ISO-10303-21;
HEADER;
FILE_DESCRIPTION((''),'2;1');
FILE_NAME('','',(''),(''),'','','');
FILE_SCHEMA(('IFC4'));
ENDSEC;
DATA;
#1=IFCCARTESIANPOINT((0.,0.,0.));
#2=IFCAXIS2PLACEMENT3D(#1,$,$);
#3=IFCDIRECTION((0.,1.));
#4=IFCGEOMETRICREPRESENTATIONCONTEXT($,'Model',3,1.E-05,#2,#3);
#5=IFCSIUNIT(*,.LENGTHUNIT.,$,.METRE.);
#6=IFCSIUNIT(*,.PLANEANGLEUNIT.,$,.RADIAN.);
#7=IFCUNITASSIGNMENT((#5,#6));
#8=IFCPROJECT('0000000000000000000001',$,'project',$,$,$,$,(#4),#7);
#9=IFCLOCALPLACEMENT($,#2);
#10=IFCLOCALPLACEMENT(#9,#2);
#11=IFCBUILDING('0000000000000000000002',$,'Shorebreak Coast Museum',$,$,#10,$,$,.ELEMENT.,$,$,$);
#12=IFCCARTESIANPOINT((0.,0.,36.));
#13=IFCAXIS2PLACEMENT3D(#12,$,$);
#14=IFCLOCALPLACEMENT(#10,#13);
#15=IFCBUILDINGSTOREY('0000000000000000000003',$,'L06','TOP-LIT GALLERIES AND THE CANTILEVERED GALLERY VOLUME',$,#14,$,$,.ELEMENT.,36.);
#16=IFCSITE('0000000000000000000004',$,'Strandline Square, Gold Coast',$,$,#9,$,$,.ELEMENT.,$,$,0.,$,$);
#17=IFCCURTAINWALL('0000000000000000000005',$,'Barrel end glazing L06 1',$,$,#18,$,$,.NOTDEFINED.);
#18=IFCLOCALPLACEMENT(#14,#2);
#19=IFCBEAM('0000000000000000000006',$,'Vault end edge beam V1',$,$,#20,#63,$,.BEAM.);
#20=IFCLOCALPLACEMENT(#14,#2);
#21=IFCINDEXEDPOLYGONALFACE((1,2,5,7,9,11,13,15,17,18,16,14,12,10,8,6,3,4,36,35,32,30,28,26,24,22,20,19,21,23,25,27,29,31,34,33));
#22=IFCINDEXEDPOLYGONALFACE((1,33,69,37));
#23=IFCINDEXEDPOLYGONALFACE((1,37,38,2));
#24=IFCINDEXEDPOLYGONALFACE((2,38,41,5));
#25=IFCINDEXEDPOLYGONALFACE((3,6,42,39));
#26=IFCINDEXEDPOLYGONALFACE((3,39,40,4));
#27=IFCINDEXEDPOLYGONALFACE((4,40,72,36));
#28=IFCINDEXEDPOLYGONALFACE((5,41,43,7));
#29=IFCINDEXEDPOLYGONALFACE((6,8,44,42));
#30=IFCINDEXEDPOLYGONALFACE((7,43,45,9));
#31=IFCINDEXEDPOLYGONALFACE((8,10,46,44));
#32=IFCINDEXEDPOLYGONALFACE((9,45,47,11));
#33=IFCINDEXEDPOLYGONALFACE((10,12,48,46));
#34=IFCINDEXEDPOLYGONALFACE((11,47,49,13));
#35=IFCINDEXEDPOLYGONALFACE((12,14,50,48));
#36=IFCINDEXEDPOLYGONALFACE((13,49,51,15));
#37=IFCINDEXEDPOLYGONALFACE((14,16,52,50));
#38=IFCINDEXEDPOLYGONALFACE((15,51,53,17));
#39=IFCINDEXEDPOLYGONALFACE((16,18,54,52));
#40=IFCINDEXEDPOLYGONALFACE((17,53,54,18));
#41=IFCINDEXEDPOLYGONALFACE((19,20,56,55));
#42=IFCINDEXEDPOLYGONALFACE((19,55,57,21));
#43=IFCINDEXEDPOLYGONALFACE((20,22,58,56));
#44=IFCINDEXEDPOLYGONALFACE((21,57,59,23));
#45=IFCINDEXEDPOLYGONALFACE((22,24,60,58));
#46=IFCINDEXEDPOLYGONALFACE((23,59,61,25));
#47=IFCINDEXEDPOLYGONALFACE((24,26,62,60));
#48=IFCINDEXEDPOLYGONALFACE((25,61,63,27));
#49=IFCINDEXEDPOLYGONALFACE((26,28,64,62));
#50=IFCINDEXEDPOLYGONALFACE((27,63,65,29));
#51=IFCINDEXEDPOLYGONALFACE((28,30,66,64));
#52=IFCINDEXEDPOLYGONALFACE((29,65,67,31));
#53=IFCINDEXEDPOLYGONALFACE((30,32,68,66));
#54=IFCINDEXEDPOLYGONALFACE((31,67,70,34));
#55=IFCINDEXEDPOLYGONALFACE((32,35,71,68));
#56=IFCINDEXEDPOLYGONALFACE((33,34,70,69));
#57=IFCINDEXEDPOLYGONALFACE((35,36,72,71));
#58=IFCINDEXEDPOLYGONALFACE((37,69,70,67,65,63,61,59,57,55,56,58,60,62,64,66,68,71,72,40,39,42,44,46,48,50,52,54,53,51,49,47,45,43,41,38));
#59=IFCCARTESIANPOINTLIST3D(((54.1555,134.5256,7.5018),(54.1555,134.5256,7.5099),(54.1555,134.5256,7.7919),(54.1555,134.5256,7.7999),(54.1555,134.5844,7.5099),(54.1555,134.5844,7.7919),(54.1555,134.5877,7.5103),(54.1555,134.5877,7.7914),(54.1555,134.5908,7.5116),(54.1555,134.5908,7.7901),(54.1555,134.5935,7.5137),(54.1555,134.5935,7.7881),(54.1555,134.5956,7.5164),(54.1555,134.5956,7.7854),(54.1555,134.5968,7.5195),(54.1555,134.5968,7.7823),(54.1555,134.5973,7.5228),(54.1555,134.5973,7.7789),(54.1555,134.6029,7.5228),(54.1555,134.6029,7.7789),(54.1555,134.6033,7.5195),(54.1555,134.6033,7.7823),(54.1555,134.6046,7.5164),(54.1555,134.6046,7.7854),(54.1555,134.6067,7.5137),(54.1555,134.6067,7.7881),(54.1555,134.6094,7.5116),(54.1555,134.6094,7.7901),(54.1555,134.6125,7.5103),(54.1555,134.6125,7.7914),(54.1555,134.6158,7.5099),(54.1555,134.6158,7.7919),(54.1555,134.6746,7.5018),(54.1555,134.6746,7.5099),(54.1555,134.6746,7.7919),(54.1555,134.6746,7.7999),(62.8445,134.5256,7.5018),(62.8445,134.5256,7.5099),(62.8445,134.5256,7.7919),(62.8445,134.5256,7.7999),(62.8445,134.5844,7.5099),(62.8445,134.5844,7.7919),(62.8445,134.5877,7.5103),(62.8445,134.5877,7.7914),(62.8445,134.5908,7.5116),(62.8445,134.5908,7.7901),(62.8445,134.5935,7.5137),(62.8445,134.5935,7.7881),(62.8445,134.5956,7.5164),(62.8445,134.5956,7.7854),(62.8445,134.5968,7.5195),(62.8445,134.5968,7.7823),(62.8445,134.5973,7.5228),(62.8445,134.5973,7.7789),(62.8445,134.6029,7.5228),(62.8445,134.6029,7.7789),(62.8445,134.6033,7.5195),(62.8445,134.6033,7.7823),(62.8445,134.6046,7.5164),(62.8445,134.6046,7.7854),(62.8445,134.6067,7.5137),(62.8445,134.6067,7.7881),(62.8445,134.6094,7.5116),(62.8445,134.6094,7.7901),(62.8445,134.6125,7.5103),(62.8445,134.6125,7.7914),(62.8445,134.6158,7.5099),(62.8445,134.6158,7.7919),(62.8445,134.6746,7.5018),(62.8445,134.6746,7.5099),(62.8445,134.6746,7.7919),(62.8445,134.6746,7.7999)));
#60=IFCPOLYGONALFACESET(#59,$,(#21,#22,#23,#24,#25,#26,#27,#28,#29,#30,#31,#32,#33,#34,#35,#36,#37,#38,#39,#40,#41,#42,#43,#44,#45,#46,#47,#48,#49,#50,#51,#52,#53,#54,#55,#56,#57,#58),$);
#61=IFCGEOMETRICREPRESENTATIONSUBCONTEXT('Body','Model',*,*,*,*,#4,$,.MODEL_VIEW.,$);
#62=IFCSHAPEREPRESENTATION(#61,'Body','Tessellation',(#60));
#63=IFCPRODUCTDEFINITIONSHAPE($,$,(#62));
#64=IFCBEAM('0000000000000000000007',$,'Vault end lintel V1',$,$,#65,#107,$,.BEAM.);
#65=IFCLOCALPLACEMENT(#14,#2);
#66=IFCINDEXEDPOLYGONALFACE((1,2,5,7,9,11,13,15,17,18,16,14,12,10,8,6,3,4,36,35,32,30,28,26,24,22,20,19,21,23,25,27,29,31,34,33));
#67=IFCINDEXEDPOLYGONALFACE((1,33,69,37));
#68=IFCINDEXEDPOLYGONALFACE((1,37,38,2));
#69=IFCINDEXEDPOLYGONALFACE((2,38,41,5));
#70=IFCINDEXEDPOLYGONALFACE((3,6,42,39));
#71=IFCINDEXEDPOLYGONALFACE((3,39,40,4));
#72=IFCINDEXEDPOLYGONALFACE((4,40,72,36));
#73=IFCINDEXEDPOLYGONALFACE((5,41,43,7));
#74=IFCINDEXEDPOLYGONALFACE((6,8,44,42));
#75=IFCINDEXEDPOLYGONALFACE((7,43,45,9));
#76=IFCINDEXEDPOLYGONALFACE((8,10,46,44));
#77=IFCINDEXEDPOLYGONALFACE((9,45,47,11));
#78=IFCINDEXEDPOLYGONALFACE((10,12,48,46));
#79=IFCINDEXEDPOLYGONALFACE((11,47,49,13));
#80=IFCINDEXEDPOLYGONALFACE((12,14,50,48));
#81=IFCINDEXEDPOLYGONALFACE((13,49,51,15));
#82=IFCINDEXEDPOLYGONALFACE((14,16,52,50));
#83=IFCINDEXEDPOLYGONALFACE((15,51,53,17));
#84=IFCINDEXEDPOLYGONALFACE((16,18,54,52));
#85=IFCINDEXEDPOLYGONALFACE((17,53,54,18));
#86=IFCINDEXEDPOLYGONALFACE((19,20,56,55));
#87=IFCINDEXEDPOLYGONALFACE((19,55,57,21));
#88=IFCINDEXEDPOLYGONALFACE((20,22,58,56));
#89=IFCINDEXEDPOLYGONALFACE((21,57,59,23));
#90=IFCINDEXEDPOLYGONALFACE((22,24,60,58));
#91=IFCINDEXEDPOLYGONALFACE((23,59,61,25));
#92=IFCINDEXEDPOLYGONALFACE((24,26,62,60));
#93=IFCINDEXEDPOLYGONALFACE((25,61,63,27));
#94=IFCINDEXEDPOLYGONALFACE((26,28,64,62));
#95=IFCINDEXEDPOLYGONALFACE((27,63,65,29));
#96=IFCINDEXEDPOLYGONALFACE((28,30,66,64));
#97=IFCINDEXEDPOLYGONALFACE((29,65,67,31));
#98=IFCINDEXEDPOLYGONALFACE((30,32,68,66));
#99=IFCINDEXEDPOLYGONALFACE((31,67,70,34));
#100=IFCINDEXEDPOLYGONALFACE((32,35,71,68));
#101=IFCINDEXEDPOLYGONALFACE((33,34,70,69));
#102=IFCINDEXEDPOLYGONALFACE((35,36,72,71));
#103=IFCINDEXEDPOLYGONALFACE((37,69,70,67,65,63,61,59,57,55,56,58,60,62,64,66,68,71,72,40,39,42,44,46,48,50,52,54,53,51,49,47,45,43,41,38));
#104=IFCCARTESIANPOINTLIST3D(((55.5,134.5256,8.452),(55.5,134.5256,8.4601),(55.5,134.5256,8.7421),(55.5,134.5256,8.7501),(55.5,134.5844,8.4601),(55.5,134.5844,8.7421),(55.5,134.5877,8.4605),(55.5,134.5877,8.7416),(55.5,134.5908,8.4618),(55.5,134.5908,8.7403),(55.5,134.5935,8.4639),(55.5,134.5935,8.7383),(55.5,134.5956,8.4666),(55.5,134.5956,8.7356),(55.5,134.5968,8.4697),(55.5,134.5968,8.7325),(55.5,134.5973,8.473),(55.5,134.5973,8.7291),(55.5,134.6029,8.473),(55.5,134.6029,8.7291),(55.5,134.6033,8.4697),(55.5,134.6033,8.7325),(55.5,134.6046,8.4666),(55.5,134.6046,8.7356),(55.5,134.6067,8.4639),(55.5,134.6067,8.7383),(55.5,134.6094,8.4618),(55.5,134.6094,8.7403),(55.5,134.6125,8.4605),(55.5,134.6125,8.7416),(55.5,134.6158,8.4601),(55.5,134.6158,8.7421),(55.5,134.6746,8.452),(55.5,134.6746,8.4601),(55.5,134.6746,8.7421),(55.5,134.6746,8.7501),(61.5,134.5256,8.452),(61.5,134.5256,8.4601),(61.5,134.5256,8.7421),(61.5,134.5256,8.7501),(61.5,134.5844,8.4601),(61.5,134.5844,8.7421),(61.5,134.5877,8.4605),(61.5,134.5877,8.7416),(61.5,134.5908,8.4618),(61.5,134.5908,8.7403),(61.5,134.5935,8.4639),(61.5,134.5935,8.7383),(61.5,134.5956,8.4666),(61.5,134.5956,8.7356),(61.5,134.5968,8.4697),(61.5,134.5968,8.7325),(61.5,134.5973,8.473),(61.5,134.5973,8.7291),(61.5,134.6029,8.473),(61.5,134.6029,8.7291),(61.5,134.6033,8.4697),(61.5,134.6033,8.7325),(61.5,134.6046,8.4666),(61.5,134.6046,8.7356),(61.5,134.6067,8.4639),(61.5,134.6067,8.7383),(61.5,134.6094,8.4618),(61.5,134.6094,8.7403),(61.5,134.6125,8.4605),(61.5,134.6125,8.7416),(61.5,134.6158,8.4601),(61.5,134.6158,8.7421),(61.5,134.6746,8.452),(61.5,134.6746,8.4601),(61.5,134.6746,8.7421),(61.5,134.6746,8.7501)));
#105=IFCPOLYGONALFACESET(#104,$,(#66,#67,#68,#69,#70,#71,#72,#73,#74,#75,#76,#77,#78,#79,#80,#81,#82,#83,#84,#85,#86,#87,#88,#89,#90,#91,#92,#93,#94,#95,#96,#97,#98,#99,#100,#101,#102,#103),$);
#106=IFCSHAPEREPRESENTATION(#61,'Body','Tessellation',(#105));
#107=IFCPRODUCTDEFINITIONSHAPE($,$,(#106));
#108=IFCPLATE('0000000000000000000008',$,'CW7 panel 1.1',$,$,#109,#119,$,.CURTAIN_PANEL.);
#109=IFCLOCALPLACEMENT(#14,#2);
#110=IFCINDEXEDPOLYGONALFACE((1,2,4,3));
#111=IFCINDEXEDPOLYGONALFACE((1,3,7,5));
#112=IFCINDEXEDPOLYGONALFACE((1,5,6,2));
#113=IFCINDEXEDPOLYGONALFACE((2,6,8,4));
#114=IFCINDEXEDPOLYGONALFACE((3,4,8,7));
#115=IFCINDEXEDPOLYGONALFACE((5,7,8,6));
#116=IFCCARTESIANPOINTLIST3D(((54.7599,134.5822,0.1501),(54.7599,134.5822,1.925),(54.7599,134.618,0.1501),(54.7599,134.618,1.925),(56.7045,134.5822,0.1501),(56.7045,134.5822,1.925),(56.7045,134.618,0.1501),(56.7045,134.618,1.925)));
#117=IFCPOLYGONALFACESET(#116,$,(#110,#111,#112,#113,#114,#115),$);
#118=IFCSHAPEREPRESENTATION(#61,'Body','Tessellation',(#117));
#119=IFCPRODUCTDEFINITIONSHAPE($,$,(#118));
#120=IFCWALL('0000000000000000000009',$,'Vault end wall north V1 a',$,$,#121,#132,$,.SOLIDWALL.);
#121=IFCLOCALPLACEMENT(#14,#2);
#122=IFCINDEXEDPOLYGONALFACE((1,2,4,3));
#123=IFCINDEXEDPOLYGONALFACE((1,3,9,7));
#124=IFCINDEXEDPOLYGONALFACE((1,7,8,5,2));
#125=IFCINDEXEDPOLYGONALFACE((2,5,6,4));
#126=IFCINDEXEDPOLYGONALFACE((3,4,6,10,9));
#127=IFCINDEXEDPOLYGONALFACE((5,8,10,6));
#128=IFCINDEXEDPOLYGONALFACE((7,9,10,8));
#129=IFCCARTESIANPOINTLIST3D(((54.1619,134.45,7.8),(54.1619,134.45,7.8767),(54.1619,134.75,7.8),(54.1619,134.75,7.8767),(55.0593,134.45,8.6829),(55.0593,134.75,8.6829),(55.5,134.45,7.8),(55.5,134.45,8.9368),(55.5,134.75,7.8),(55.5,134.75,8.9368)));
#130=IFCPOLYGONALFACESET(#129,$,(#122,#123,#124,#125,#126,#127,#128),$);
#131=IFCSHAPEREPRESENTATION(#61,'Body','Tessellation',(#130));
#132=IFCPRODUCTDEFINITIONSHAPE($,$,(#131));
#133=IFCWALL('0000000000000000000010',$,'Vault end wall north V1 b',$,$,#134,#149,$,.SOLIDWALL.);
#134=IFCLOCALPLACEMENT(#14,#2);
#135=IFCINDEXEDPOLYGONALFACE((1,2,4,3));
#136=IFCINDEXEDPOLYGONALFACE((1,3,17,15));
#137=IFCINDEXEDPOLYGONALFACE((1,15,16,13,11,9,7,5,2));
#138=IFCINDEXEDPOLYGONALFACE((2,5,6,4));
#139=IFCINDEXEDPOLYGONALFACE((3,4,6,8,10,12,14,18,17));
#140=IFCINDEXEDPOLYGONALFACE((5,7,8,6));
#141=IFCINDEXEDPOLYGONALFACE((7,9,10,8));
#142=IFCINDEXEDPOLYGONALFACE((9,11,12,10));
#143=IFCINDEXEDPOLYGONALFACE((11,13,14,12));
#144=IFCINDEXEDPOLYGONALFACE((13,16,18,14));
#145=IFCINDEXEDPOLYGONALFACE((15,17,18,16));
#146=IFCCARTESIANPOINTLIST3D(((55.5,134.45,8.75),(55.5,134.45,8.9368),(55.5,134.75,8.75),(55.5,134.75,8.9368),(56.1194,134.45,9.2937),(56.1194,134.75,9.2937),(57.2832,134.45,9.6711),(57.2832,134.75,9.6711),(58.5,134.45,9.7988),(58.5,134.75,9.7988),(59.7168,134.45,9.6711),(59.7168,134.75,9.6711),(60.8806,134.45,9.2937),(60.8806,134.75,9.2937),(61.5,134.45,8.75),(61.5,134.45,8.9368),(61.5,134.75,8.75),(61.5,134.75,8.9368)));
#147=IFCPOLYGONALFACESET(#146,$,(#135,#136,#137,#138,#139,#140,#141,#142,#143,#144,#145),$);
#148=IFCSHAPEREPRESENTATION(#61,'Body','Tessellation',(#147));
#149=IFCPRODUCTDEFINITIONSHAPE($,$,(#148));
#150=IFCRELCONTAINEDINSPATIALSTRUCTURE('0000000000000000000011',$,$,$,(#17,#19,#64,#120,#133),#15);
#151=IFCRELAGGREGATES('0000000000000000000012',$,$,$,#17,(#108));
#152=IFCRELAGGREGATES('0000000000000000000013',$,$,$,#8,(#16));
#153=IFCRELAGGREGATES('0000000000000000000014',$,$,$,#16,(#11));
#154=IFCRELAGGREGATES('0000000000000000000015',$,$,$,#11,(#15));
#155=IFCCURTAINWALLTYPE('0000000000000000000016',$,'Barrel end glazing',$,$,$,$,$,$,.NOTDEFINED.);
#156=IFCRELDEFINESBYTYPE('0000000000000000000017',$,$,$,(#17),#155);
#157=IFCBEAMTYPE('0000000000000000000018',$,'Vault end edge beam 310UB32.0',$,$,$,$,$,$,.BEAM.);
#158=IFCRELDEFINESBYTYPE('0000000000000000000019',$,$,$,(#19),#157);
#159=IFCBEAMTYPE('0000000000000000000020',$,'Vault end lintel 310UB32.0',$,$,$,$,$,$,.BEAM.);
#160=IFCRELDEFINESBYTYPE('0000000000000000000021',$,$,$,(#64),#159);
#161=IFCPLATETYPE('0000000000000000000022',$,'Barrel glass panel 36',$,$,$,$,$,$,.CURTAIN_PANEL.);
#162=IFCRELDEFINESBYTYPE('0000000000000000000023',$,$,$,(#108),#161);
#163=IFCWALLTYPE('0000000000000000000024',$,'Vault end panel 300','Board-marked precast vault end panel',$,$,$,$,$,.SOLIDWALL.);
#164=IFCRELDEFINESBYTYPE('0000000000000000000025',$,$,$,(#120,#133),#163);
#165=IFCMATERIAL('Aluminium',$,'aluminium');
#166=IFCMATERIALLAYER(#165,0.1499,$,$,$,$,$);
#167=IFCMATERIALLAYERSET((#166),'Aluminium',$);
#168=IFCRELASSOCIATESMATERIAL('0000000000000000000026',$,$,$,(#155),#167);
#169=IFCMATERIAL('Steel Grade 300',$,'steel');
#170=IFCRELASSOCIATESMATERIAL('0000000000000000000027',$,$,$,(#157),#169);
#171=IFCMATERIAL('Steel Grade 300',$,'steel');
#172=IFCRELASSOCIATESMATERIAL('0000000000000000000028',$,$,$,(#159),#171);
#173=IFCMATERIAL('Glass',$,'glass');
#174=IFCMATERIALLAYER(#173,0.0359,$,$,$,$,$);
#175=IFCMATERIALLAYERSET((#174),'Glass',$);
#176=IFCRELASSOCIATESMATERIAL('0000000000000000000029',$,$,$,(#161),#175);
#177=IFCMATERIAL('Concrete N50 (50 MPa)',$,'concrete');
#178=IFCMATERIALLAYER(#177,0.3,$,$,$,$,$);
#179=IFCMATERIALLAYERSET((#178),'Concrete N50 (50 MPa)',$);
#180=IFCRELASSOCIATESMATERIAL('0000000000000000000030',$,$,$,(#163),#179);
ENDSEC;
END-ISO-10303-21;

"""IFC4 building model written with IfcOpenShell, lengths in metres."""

from ifc_helpers import new_model, si_unit, direction, frame, origin, origin_2d, place, context, subcontext, project, spatial, polyline, rectangle, i_section, outline, extrude, material, layer, layer_set, material_profile, profile_set, type_object, element, aggregate, save


model = new_model("IFC4")

# Units and contexts
model_context = context("Model", 3, precision=1e-05, world=origin(), true_north=direction((0.0, 1.0)))
body_context = subcontext(model_context, "Body", "Model", "MODEL_VIEW")
ifc_project = project(units=[si_unit("LENGTHUNIT", "METRE"), si_unit("PLANEANGLEUNIT", "RADIAN")], contexts=[model_context])

# Site, building, storey
site_placement = place(None, origin())
site = spatial("IfcSite", under=ifc_project, at=site_placement, Name="Strandline Square, Gold Coast", CompositionType="ELEMENT", RefElevation=0.0)
building_placement = place(site_placement, origin())
building = spatial("IfcBuilding", under=site, at=building_placement, Name="Shorebreak Coast Museum", CompositionType="ELEMENT")
storey_placement = place(building_placement, frame((0.0, 0.0, 36.0)))
storey = spatial("IfcBuildingStorey", under=building, at=storey_placement, Name="L06", Description="TOP-LIT GALLERIES AND THE CANTILEVERED GALLERY VOLUME", CompositionType="ELEMENT", Elevation=36.0)

# Curtain wall
ifc_material_1 = material(Name="Aluminium", Category="aluminium")
ifc_layer_1 = layer(ifc_material_1, 0.1499)
ifc_layer_set_1 = layer_set([ifc_layer_1], Name="Aluminium")
curtain_wall_type_1 = type_object("IfcCurtainWallType", Name="Barrel end glazing", PredefinedType="NOTDEFINED", material=ifc_layer_set_1)
curtain_wall_1_placement = place(storey_placement, origin())
curtain_wall_1 = element("IfcCurtainWall", 1, at=curtain_wall_1_placement, inside=storey, type_object=curtain_wall_type_1, Name="Barrel end glazing L06 1", PredefinedType="NOTDEFINED")

# Beams
ifc_material_2 = material(Name="Steel Grade 300", Category="steel")
ifc_material_profile_1 = material_profile(ifc_material_2, i_section(OverallWidth=0.1489, OverallDepth=0.2981, WebThickness=0.0056, FlangeThickness=0.0081, FilletRadius=0.0129, at=origin_2d()), Name="310UB32.0")
ifc_profile_set_1 = profile_set([ifc_material_profile_1], Name="Steel Grade 300")
beam_type_1 = type_object("IfcBeamType", Name="Vault end edge beam 310UB32.0", PredefinedType="BEAM", material=ifc_profile_set_1)
beam_1_placement = place(storey_placement, frame((54.1555, 134.6001, 7.6509), z_axis=(1.0, 0.0, 0.0), x_axis=(0.0, 1.0, 0.0)))
element("IfcBeam", 2, at=beam_1_placement, inside=storey, type_object=beam_type_1, Name="Vault end edge beam V1", PredefinedType="BEAM", context=body_context, shape_type="SweptSolid", body=[
    extrude(i_section(OverallWidth=0.1489, OverallDepth=0.2981, WebThickness=0.0056, FlangeThickness=0.0081, FilletRadius=0.0129, at=origin_2d()), origin(), (0.0, 0.0, 1.0), 8.689),
])
ifc_material_3 = material(Name="Steel Grade 300", Category="steel")
ifc_material_profile_2 = material_profile(ifc_material_3, i_section(OverallWidth=0.1489, OverallDepth=0.2981, WebThickness=0.0056, FlangeThickness=0.0081, FilletRadius=0.0129, at=origin_2d()), Name="310UB32.0")
ifc_profile_set_2 = profile_set([ifc_material_profile_2], Name="Steel Grade 300")
beam_type_2 = type_object("IfcBeamType", Name="Vault end lintel 310UB32.0", PredefinedType="BEAM", material=ifc_profile_set_2)
beam_2_placement = place(storey_placement, frame((55.5, 134.6001, 8.6011), z_axis=(1.0, 0.0, 0.0), x_axis=(0.0, 1.0, 0.0)))
element("IfcBeam", 3, at=beam_2_placement, inside=storey, type_object=beam_type_2, Name="Vault end lintel V1", PredefinedType="BEAM", context=body_context, shape_type="SweptSolid", body=[
    extrude(i_section(OverallWidth=0.1489, OverallDepth=0.2981, WebThickness=0.0056, FlangeThickness=0.0081, FilletRadius=0.0129, at=origin_2d()), origin(), (0.0, 0.0, 1.0), 6.0),
])

# Plate
ifc_material_4 = material(Name="Glass", Category="glass")
ifc_layer_2 = layer(ifc_material_4, 0.0359)
ifc_layer_set_2 = layer_set([ifc_layer_2], Name="Glass")
plate_type = type_object("IfcPlateType", Name="Barrel glass panel 36", PredefinedType="CURTAIN_PANEL", material=ifc_layer_set_2)
plate_placement = place(storey_placement, frame((55.7322, 134.6001, 0.1501), z_axis=(0.0, 0.0, 1.0), x_axis=(1.0, 0.0, 0.0)))
plate = element("IfcPlate", 4, at=plate_placement, type_object=plate_type, Name="CW7 panel 1.1", PredefinedType="CURTAIN_PANEL", context=body_context, shape_type="SweptSolid", body=[
    extrude(rectangle(XDim=1.9446, YDim=0.0359, at=origin_2d()), origin(), (0.0, 0.0, 1.0), 1.7749),
])
aggregate(curtain_wall_1, [plate])

# Walls
ifc_material_5 = material(Name="Concrete N50 (50 MPa)", Category="concrete")
ifc_layer_3 = layer(ifc_material_5, 0.3)
ifc_layer_set_3 = layer_set([ifc_layer_3], Name="Concrete N50 (50 MPa)")
wall_type = type_object("IfcWallType", Name="Vault end panel 300", Description="Board-marked precast vault end panel", PredefinedType="SOLIDWALL", material=ifc_layer_set_3)
wall_1_placement = place(storey_placement, frame((54.1619, 134.6001, 7.8), z_axis=(0.0, 0.0, 1.0), x_axis=(1.0, 0.0, 0.0)))
element("IfcWall", 5, at=wall_1_placement, inside=storey, type_object=wall_type, Name="Vault end wall north V1 a", PredefinedType="SOLIDWALL", context=body_context, shape_type="SweptSolid", body=[
    extrude(outline(polyline([(0.0, 0.0), (1.3381, 0.0), (1.3381, 1.1367), (0.8975, 0.8828), (0.0, 0.0767), (0.0, 0.0)])), frame((0.0, 0.1499, 0.0), z_axis=(0.0, -1.0, 0.0), x_axis=(1.0, 0.0, 0.0)), (0.0, 0.0, 1.0), 0.3),
])
wall_2_placement = place(storey_placement, frame((55.5, 134.6001, 8.75), z_axis=(0.0, 0.0, 1.0), x_axis=(1.0, 0.0, 0.0)))
element("IfcWall", 6, at=wall_2_placement, inside=storey, type_object=wall_type, Name="Vault end wall north V1 b", PredefinedType="SOLIDWALL", context=body_context, shape_type="SweptSolid", body=[
    extrude(outline(polyline([(0.0, 0.0), (6.0, 0.0), (6.0, 0.1868), (5.3806, 0.5437), (4.2168, 0.9211), (3.0, 1.0488), (1.7832, 0.9211), (0.6194, 0.5437), (0.0, 0.1868), (0.0, 0.0)])), frame((0.0, 0.1499, 0.0), z_axis=(0.0, -1.0, 0.0), x_axis=(1.0, 0.0, 0.0)), (0.0, 0.0, 1.0), 0.3),
])

save(model, "model.ifc")
